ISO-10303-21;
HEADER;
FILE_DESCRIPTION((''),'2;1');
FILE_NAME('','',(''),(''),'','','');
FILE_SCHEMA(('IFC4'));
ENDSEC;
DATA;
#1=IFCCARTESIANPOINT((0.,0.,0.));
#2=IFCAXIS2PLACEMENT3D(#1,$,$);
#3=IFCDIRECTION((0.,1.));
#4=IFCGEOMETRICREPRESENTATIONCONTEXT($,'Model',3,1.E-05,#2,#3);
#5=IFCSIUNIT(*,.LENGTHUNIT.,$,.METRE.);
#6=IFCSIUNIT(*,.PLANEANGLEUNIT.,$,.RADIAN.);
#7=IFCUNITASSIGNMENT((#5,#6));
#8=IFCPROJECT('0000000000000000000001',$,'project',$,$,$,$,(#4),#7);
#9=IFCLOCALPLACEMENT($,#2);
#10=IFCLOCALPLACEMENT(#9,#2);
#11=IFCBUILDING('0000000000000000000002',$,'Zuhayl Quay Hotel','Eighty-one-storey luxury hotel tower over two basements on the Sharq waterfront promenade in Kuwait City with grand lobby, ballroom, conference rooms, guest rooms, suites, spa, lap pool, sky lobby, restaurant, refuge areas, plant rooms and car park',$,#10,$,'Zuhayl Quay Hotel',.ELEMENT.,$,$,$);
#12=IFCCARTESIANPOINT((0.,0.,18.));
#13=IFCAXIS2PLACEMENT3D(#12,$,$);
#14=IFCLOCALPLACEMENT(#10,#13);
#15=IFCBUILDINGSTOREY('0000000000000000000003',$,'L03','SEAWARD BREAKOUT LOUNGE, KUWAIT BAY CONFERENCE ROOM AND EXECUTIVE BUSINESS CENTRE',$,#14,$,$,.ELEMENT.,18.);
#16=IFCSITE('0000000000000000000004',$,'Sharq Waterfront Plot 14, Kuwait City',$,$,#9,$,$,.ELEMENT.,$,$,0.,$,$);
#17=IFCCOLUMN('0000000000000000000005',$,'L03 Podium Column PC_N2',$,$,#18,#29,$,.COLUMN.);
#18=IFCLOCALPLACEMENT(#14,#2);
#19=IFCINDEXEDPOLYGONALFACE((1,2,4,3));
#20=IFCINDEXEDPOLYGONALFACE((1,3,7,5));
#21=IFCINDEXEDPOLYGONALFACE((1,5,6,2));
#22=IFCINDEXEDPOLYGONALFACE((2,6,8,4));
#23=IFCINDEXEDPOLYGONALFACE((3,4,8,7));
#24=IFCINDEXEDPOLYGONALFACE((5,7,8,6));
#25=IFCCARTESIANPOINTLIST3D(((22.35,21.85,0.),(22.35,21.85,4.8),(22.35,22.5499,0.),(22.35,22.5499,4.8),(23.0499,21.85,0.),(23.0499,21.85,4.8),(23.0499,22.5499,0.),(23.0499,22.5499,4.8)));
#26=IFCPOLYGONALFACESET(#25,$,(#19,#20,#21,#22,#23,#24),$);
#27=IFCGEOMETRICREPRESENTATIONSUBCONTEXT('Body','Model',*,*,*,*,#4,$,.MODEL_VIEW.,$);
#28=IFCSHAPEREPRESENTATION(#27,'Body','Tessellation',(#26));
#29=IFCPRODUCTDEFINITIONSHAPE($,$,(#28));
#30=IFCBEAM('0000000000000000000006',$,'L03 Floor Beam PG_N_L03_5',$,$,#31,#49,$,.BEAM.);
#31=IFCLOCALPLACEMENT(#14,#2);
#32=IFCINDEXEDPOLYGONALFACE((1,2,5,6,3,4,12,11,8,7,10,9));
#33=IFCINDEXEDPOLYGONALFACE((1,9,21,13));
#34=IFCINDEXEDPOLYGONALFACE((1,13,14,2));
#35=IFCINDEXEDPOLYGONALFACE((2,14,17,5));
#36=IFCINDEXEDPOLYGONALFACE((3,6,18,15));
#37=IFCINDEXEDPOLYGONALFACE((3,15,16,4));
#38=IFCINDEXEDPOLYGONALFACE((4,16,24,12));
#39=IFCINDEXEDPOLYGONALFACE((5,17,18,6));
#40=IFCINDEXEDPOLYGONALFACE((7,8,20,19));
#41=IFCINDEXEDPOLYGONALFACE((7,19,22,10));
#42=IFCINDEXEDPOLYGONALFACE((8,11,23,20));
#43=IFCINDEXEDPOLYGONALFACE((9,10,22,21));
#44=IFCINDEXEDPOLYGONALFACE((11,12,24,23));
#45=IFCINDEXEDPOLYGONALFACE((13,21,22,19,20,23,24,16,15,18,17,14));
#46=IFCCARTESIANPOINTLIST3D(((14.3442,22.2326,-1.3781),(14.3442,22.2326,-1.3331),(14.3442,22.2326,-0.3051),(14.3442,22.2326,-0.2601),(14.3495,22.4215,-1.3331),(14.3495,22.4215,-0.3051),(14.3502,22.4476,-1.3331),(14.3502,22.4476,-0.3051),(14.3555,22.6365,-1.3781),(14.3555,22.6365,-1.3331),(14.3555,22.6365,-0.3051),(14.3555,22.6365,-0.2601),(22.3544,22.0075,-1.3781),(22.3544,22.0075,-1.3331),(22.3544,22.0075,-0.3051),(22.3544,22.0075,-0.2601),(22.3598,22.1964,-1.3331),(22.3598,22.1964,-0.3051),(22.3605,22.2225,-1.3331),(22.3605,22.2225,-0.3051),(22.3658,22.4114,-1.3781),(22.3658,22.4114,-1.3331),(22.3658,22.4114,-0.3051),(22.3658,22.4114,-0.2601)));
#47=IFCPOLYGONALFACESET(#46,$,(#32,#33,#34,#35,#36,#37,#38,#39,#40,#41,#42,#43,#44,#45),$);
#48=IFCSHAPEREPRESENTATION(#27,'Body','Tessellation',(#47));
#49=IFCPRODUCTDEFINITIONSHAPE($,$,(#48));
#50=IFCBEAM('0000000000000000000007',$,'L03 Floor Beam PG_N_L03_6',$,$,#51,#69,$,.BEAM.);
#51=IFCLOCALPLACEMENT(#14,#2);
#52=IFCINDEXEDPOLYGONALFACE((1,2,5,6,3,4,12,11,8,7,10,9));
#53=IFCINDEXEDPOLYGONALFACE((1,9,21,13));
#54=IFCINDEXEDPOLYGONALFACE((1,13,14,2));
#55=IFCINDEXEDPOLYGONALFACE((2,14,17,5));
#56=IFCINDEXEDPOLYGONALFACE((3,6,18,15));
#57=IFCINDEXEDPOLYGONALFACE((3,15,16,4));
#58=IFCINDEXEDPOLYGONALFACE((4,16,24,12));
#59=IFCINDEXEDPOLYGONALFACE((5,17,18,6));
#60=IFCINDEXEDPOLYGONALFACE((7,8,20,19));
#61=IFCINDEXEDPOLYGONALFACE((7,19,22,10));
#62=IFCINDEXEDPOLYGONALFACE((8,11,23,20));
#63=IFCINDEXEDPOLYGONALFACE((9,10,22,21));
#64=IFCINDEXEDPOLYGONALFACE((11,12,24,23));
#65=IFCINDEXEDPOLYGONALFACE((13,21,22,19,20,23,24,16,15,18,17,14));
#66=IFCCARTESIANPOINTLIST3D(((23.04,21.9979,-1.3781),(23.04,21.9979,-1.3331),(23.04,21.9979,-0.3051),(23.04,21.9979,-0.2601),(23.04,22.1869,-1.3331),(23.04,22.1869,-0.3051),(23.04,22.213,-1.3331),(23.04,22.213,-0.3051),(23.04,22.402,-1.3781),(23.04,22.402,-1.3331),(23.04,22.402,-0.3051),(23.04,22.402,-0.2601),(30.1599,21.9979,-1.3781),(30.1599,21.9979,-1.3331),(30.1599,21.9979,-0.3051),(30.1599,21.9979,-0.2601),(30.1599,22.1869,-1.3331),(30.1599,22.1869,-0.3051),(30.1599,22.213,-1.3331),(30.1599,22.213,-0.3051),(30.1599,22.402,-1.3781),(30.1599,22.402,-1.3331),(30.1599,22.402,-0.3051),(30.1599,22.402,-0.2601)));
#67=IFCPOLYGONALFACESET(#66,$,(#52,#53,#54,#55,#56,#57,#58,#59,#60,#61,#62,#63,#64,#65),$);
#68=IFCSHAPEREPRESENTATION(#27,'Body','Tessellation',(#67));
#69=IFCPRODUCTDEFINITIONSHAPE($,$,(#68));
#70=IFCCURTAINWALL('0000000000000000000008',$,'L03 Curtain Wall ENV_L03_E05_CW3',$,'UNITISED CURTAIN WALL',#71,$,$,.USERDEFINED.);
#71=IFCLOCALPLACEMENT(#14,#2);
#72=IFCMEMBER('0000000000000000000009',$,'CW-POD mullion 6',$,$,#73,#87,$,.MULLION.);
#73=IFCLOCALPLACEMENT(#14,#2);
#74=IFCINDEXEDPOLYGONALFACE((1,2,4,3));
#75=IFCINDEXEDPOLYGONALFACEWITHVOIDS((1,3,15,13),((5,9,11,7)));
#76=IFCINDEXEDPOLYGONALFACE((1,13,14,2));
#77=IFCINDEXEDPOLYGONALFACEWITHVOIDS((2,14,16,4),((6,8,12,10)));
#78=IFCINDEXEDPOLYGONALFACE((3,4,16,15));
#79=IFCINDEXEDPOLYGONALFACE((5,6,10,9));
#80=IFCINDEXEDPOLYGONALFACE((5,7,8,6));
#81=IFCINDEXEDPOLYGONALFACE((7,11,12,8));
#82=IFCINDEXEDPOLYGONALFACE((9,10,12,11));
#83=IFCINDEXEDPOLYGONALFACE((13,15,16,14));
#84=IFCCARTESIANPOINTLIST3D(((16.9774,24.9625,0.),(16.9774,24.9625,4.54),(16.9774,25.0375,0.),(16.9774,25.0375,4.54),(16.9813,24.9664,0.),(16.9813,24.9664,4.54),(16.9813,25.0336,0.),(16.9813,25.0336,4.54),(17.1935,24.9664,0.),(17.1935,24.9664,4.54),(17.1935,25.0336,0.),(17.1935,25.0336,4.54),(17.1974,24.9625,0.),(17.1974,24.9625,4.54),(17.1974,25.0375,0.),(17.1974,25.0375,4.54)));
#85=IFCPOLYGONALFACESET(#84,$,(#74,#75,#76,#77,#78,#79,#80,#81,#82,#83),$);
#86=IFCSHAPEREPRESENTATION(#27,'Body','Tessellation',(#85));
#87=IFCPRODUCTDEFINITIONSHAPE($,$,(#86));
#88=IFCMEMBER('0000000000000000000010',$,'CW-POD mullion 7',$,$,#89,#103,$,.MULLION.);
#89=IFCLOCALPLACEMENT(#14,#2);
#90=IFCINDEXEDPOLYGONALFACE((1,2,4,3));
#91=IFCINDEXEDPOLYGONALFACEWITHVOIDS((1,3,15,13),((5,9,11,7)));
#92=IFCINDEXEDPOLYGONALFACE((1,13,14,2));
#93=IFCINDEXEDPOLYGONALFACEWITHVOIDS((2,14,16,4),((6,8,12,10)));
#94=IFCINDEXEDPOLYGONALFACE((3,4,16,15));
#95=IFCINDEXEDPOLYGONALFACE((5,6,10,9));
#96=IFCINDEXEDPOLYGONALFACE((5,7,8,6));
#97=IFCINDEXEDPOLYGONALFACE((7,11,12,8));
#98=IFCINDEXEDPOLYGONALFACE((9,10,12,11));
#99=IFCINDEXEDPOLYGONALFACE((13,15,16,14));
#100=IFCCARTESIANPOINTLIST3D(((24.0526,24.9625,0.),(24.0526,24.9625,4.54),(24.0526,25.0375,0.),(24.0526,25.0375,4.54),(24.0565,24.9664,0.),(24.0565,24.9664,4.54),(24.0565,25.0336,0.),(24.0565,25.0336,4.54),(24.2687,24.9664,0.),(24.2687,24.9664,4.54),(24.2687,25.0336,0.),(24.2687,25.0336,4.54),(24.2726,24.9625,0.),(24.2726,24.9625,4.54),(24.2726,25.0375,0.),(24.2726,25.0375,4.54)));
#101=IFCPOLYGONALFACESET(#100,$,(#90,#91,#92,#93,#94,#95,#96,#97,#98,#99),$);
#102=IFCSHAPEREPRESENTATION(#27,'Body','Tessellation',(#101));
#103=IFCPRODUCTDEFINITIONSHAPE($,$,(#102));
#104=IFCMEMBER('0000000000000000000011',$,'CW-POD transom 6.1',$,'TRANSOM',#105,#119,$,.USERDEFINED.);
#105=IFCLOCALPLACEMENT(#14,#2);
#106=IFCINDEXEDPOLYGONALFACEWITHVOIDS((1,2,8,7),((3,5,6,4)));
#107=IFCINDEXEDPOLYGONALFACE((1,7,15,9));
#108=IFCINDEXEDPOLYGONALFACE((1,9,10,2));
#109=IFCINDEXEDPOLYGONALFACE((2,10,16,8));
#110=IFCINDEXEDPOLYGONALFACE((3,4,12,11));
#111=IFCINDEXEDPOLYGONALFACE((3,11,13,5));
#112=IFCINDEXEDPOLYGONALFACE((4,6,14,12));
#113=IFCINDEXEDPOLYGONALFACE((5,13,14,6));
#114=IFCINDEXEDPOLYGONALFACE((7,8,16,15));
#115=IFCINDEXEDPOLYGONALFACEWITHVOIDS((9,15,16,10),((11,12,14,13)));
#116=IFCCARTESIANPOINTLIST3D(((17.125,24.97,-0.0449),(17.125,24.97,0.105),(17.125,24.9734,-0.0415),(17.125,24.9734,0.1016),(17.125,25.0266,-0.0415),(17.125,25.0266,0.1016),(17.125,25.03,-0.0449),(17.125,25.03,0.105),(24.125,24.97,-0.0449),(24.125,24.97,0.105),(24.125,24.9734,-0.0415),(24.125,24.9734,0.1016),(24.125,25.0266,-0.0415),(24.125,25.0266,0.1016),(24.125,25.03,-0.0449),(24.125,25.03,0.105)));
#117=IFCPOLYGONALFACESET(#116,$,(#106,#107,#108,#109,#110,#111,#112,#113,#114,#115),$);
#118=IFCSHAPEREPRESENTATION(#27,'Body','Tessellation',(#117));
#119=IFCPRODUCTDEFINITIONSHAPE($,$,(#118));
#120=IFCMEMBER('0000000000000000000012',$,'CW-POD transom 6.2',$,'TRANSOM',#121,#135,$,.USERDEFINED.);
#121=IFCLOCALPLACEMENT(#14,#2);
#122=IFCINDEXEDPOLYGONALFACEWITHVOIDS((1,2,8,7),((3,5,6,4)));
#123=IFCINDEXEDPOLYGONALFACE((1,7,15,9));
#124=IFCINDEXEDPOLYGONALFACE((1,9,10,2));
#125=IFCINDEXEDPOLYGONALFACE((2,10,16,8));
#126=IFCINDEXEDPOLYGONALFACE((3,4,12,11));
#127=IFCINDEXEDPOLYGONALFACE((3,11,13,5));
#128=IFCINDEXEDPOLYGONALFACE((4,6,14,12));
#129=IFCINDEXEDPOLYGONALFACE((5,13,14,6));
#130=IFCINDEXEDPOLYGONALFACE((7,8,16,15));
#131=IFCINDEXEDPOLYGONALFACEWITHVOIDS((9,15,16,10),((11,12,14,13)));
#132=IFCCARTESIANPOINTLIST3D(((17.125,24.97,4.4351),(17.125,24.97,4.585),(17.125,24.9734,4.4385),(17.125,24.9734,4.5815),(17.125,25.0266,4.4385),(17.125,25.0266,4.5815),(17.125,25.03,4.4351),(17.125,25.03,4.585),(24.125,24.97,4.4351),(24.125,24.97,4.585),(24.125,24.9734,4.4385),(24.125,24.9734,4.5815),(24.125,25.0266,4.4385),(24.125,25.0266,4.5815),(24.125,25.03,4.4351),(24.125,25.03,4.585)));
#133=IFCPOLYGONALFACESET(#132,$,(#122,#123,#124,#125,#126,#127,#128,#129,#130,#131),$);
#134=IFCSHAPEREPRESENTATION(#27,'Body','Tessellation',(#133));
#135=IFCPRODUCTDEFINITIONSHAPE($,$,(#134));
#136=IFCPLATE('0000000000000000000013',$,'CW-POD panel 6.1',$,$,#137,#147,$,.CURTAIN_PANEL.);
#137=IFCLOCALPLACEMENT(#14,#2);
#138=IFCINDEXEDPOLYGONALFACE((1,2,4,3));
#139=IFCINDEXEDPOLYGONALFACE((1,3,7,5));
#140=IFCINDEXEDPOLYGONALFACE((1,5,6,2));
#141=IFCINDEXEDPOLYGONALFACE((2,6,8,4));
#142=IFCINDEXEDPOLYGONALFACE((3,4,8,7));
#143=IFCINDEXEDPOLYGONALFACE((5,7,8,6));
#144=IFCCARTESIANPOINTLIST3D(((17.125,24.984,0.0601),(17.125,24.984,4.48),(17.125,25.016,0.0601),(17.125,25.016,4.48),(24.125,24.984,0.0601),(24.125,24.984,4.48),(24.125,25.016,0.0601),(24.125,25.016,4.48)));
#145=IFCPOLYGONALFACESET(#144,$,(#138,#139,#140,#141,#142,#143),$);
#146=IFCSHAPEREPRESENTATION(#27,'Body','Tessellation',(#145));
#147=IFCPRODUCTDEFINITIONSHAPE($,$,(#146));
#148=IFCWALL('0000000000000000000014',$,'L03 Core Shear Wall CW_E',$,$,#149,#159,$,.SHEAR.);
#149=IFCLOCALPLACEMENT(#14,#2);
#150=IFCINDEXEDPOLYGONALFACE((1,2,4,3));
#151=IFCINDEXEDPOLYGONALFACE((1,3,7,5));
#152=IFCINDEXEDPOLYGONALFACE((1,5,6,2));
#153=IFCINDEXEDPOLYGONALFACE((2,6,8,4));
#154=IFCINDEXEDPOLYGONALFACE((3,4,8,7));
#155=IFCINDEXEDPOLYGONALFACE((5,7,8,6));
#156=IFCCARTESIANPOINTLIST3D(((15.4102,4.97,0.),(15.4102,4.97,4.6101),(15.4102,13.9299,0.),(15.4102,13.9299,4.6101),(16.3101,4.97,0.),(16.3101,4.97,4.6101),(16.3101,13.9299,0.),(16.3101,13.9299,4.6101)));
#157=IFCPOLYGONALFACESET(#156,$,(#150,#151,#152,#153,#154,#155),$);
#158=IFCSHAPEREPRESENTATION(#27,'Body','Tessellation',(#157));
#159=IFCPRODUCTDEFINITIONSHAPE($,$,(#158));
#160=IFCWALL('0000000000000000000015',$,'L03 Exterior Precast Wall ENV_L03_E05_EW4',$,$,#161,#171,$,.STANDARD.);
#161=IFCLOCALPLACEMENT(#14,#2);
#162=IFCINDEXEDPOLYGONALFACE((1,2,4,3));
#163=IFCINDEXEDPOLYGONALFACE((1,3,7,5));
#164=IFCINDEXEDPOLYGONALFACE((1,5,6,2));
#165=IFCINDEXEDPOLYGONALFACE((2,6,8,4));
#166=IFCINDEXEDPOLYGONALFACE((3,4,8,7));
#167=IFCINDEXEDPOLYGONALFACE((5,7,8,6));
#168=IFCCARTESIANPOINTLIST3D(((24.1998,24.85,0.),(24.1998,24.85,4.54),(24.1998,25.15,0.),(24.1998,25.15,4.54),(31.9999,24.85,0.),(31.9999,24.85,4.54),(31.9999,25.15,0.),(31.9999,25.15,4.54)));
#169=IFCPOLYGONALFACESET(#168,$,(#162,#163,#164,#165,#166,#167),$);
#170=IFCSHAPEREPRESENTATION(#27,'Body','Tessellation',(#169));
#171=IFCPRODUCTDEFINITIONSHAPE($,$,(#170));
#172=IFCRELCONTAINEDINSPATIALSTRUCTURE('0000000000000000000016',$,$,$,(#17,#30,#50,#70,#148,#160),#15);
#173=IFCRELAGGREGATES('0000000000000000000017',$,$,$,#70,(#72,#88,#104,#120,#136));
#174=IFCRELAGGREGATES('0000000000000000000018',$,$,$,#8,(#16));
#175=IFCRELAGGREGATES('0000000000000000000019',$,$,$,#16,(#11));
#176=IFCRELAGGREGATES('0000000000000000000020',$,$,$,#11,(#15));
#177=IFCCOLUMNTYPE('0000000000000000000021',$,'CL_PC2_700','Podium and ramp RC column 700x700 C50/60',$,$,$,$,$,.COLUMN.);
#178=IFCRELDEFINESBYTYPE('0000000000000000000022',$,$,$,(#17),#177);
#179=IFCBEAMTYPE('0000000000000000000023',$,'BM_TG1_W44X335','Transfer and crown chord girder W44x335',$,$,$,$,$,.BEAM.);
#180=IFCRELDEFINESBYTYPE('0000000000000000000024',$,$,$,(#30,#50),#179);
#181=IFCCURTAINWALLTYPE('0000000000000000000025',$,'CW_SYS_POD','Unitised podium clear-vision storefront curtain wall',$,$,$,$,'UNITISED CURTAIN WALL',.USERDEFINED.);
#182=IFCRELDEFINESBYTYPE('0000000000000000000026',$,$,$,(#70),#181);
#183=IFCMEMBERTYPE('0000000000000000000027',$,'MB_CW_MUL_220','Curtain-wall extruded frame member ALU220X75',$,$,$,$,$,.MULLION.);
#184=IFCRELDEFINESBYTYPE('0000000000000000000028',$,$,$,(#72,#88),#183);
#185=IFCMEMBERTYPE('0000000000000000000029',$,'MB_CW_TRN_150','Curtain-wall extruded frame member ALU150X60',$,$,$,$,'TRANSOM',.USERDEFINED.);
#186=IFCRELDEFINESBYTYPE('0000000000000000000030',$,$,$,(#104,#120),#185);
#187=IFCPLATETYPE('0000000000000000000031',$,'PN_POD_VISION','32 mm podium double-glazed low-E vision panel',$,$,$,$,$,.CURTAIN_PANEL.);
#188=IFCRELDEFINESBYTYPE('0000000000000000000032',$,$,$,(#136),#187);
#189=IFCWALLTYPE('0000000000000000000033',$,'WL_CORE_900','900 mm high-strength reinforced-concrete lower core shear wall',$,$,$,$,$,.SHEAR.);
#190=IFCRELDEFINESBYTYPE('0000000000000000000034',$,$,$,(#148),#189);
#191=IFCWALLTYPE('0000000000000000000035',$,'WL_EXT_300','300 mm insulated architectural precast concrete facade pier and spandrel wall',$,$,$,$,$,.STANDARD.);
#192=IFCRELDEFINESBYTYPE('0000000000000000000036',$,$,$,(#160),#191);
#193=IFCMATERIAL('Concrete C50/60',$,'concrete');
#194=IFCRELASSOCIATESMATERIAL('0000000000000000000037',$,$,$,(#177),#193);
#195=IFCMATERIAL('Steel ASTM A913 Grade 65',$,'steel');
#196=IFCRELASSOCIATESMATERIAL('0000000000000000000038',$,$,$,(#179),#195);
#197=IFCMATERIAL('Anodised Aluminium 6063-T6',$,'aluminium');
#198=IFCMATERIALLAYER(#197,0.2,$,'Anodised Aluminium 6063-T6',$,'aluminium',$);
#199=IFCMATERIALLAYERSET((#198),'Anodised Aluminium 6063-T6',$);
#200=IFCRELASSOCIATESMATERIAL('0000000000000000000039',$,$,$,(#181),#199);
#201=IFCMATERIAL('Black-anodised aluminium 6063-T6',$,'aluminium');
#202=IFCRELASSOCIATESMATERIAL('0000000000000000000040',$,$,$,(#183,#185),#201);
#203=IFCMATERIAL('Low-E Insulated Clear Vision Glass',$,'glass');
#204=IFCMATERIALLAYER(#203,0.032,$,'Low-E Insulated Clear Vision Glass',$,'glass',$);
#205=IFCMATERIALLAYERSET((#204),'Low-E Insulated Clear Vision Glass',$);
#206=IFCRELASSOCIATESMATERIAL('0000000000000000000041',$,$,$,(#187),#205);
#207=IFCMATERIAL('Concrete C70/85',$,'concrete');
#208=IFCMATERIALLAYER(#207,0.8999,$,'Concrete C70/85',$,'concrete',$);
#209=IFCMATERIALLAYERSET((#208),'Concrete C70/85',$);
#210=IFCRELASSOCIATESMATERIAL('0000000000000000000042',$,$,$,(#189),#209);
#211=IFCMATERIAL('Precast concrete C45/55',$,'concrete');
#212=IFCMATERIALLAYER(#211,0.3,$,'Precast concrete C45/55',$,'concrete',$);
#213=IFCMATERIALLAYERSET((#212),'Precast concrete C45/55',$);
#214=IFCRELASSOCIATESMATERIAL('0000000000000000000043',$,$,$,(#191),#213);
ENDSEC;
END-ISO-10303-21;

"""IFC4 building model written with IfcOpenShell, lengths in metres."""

from ifc_helpers import new_model, si_unit, direction, frame, frame_2d, origin, origin_2d, place, context, subcontext, project, spatial, rectangle, hollow_rectangle, i_section, extrude, material, layer, layer_set, material_profile, profile_set, type_object, element, aggregate, save


model = new_model("IFC4")

# Units and contexts
model_context = context("Model", 3, precision=1e-05, world=origin(), true_north=direction((0.0, 1.0)))
body_context = subcontext(model_context, "Body", "Model", "MODEL_VIEW")
ifc_project = project(units=[si_unit("LENGTHUNIT", "METRE"), si_unit("PLANEANGLEUNIT", "RADIAN")], contexts=[model_context])

# Site, building, storey
site_placement = place(None, origin())
site = spatial("IfcSite", under=ifc_project, at=site_placement, Name="Sharq Waterfront Plot 14, Kuwait City", CompositionType="ELEMENT", RefElevation=0.0)
building_placement = place(site_placement, origin())
building = spatial("IfcBuilding", under=site, at=building_placement, Name="Zuhayl Quay Hotel", Description="Eighty-one-storey luxury hotel tower over two basements on the Sharq waterfront promenade in Kuwait City with grand lobby, ballroom, conference rooms, guest rooms, suites, spa, lap pool, sky lobby, restaurant, refuge areas, plant rooms and car park", LongName="Zuhayl Quay Hotel", CompositionType="ELEMENT")
storey_placement = place(building_placement, frame((0.0, 0.0, 18.0)))
storey = spatial("IfcBuildingStorey", under=building, at=storey_placement, Name="L03", Description="SEAWARD BREAKOUT LOUNGE, KUWAIT BAY CONFERENCE ROOM AND EXECUTIVE BUSINESS CENTRE", CompositionType="ELEMENT", Elevation=18.0)

# Column
ifc_material_1 = material(Name="Concrete C50/60", Category="concrete")
ifc_material_profile_1 = material_profile(ifc_material_1, rectangle(XDim=0.7, YDim=0.7, at=origin_2d()), Name="RC700X700")
ifc_profile_set_1 = profile_set([ifc_material_profile_1], Name="Concrete C50/60")
column_type = type_object("IfcColumnType", Name="CL_PC2_700", Description="Podium and ramp RC column 700x700 C50/60", PredefinedType="COLUMN", material=ifc_profile_set_1)
column_placement = place(storey_placement, frame((22.7, 22.2, 0.0), z_axis=(0.0, 0.0, 1.0), x_axis=(1.0, 0.0, 0.0)))
element("IfcColumn", 1, at=column_placement, inside=storey, type_object=column_type, Name="L03 Podium Column PC_N2", PredefinedType="COLUMN", context=body_context, shape_type="SweptSolid", body=[
    extrude(rectangle(XDim=0.7, YDim=0.7, at=origin_2d()), origin(), (0.0, 0.0, 1.0), 4.8),
])

# Beams
ifc_material_2 = material(Name="Steel ASTM A913 Grade 65", Category="steel")
ifc_material_profile_2 = material_profile(ifc_material_2, i_section(OverallWidth=0.4041, OverallDepth=1.1179, WebThickness=0.0261, FlangeThickness=0.0449, at=origin_2d()), Name="W44X335")
ifc_profile_set_2 = profile_set([ifc_material_profile_2], Name="Steel ASTM A913 Grade 65")
beam_type = type_object("IfcBeamType", Name="BM_TG1_W44X335", Description="Transfer and crown chord girder W44x335", PredefinedType="BEAM", material=ifc_profile_set_2)
beam_1_placement = place(storey_placement, frame((14.3499, 22.4346, -0.8191), z_axis=(0.999605, -0.02809, 0.0), x_axis=(0.02809, 0.999605, 0.0)))
element("IfcBeam", 2, at=beam_1_placement, inside=storey, type_object=beam_type, Name="L03 Floor Beam PG_N_L03_5", PredefinedType="BEAM", context=body_context, shape_type="SweptSolid", body=[
    extrude(i_section(OverallWidth=0.4041, OverallDepth=1.1179, WebThickness=0.0261, FlangeThickness=0.0449, at=origin_2d()), origin(), (0.0, 0.0, 1.0), 8.0134),
])
beam_2_placement = place(storey_placement, frame((23.04, 22.2, -0.8191), z_axis=(1.0, 0.0, 0.0), x_axis=(0.0, 1.0, 0.0)))
element("IfcBeam", 3, at=beam_2_placement, inside=storey, type_object=beam_type, Name="L03 Floor Beam PG_N_L03_6", PredefinedType="BEAM", context=body_context, shape_type="SweptSolid", body=[
    extrude(i_section(OverallWidth=0.4041, OverallDepth=1.1179, WebThickness=0.0261, FlangeThickness=0.0449, at=origin_2d()), origin(), (0.0, 0.0, 1.0), 7.1199),
])

# Curtain wall, members, plate
ifc_material_3 = material(Name="Anodised Aluminium 6063-T6", Category="aluminium")
ifc_layer_1 = layer(ifc_material_3, 0.2, Name="Anodised Aluminium 6063-T6", Category="aluminium")
ifc_layer_set_1 = layer_set([ifc_layer_1], Name="Anodised Aluminium 6063-T6")
curtain_wall_type = type_object("IfcCurtainWallType", Name="CW_SYS_POD", Description="Unitised podium clear-vision storefront curtain wall", ElementType="UNITISED CURTAIN WALL", PredefinedType="USERDEFINED", material=ifc_layer_set_1)
curtain_wall_placement = place(storey_placement, origin())
curtain_wall = element("IfcCurtainWall", 4, at=curtain_wall_placement, inside=storey, type_object=curtain_wall_type, Name="L03 Curtain Wall ENV_L03_E05_CW3", ObjectType="UNITISED CURTAIN WALL", PredefinedType="USERDEFINED")
ifc_material_4 = material(Name="Black-anodised aluminium 6063-T6", Category="aluminium")
ifc_material_profile_3 = material_profile(ifc_material_4, hollow_rectangle(XDim=0.075, YDim=0.22, WallThickness=0.0039, at=origin_2d()), Name="ALU220X75")
ifc_profile_set_3 = profile_set([ifc_material_profile_3], Name="Black-anodised aluminium 6063-T6")
member_type_1 = type_object("IfcMemberType", Name="MB_CW_MUL_220", Description="Curtain-wall extruded frame member ALU220X75", PredefinedType="MULLION", material=ifc_profile_set_3)
member_1_placement = place(storey_placement, frame((17.0874, 25.0, 0.0), z_axis=(0.0, 0.0, 1.0), x_axis=(0.0, 1.0, 0.0)))
member_1 = element("IfcMember", 5, at=member_1_placement, type_object=member_type_1, Name="CW-POD mullion 6", PredefinedType="MULLION", context=body_context, shape_type="SweptSolid", body=[
    extrude(hollow_rectangle(XDim=0.075, YDim=0.22, WallThickness=0.0039, at=origin_2d()), origin(), (0.0, 0.0, 1.0), 4.54),
])
member_2_placement = place(storey_placement, frame((24.1626, 25.0, 0.0), z_axis=(0.0, 0.0, 1.0), x_axis=(0.0, 1.0, 0.0)))
member_2 = element("IfcMember", 6, at=member_2_placement, type_object=member_type_1, Name="CW-POD mullion 7", PredefinedType="MULLION", context=body_context, shape_type="SweptSolid", body=[
    extrude(hollow_rectangle(XDim=0.075, YDim=0.22, WallThickness=0.0039, at=origin_2d()), origin(), (0.0, 0.0, 1.0), 4.54),
])
ifc_material_profile_4 = material_profile(ifc_material_4, hollow_rectangle(XDim=0.0601, YDim=0.1499, WallThickness=0.0034, at=origin_2d()), Name="ALU150X60")
ifc_profile_set_4 = profile_set([ifc_material_profile_4], Name="Black-anodised aluminium 6063-T6")
member_type_2 = type_object("IfcMemberType", Name="MB_CW_TRN_150", Description="Curtain-wall extruded frame member ALU150X60", ElementType="TRANSOM", PredefinedType="USERDEFINED", material=ifc_profile_set_4)
member_3_placement = place(storey_placement, frame((17.125, 25.0, 0.03), z_axis=(1.0, 0.0, 0.0), x_axis=(0.0, 1.0, 0.0)))
member_3 = element("IfcMember", 7, at=member_3_placement, type_object=member_type_2, Name="CW-POD transom 6.1", ObjectType="TRANSOM", PredefinedType="USERDEFINED", context=body_context, shape_type="SweptSolid", body=[
    extrude(hollow_rectangle(XDim=0.0601, YDim=0.1499, WallThickness=0.0034, at=origin_2d()), origin(), (0.0, 0.0, 1.0), 7.0),
])
member_4_placement = place(storey_placement, frame((17.125, 25.0, 4.51), z_axis=(1.0, 0.0, 0.0), x_axis=(0.0, 1.0, 0.0)))
member_4 = element("IfcMember", 8, at=member_4_placement, type_object=member_type_2, Name="CW-POD transom 6.2", ObjectType="TRANSOM", PredefinedType="USERDEFINED", context=body_context, shape_type="SweptSolid", body=[
    extrude(hollow_rectangle(XDim=0.0601, YDim=0.1499, WallThickness=0.0034, at=origin_2d()), origin(), (0.0, 0.0, 1.0), 7.0),
])
ifc_material_5 = material(Name="Low-E Insulated Clear Vision Glass", Category="glass")
ifc_layer_2 = layer(ifc_material_5, 0.032, Name="Low-E Insulated Clear Vision Glass", Category="glass")
ifc_layer_set_2 = layer_set([ifc_layer_2], Name="Low-E Insulated Clear Vision Glass")
plate_type = type_object("IfcPlateType", Name="PN_POD_VISION", Description="32 mm podium double-glazed low-E vision panel", PredefinedType="CURTAIN_PANEL", material=ifc_layer_set_2)
plate_placement = place(storey_placement, frame((20.625, 25.0, 0.0601), z_axis=(0.0, 0.0, 1.0), x_axis=(1.0, 0.0, 0.0)))
plate = element("IfcPlate", 9, at=plate_placement, type_object=plate_type, Name="CW-POD panel 6.1", PredefinedType="CURTAIN_PANEL", context=body_context, shape_type="SweptSolid", body=[
    extrude(rectangle(XDim=7.0, YDim=0.032, at=origin_2d()), origin(), (0.0, 0.0, 1.0), 4.4199),
])
aggregate(curtain_wall, [member_1, member_2, member_3, member_4, plate])

# Walls
ifc_material_6 = material(Name="Concrete C70/85", Category="concrete")
ifc_layer_3 = layer(ifc_material_6, 0.8999, Name="Concrete C70/85", Category="concrete")
ifc_layer_set_3 = layer_set([ifc_layer_3], Name="Concrete C70/85")
wall_type_1 = type_object("IfcWallType", Name="WL_CORE_900", Description="900 mm high-strength reinforced-concrete lower core shear wall", PredefinedType="SHEAR", material=ifc_layer_set_3)
wall_1_placement = place(storey_placement, frame((15.8601, 4.97, 0.0), z_axis=(0.0, 0.0, 1.0), x_axis=(0.0, 1.0, 0.0)))
element("IfcWall", 10, at=wall_1_placement, inside=storey, type_object=wall_type_1, Name="L03 Core Shear Wall CW_E", PredefinedType="SHEAR", context=body_context, shape_type="SweptSolid", body=[
    extrude(rectangle(XDim=8.96, YDim=0.8999, at=frame_2d((4.48, 0.0))), origin(), (0.0, 0.0, 1.0), 4.6101),
])
ifc_material_7 = material(Name="Precast concrete C45/55", Category="concrete")
ifc_layer_4 = layer(ifc_material_7, 0.3, Name="Precast concrete C45/55", Category="concrete")
ifc_layer_set_4 = layer_set([ifc_layer_4], Name="Precast concrete C45/55")
wall_type_2 = type_object("IfcWallType", Name="WL_EXT_300", Description="300 mm insulated architectural precast concrete facade pier and spandrel wall", PredefinedType="STANDARD", material=ifc_layer_set_4)
wall_2_placement = place(storey_placement, frame((24.2, 25.0, 0.0), z_axis=(0.0, 0.0, 1.0), x_axis=(1.0, 0.0, 0.0)))
element("IfcWall", 11, at=wall_2_placement, inside=storey, type_object=wall_type_2, Name="L03 Exterior Precast Wall ENV_L03_E05_EW4", PredefinedType="STANDARD", context=body_context, shape_type="SweptSolid", body=[
    extrude(rectangle(XDim=7.8, YDim=0.3, at=frame_2d((3.8999, 0.0))), origin(), (0.0, 0.0, 1.0), 4.54),
])

save(model, "model.ifc")
